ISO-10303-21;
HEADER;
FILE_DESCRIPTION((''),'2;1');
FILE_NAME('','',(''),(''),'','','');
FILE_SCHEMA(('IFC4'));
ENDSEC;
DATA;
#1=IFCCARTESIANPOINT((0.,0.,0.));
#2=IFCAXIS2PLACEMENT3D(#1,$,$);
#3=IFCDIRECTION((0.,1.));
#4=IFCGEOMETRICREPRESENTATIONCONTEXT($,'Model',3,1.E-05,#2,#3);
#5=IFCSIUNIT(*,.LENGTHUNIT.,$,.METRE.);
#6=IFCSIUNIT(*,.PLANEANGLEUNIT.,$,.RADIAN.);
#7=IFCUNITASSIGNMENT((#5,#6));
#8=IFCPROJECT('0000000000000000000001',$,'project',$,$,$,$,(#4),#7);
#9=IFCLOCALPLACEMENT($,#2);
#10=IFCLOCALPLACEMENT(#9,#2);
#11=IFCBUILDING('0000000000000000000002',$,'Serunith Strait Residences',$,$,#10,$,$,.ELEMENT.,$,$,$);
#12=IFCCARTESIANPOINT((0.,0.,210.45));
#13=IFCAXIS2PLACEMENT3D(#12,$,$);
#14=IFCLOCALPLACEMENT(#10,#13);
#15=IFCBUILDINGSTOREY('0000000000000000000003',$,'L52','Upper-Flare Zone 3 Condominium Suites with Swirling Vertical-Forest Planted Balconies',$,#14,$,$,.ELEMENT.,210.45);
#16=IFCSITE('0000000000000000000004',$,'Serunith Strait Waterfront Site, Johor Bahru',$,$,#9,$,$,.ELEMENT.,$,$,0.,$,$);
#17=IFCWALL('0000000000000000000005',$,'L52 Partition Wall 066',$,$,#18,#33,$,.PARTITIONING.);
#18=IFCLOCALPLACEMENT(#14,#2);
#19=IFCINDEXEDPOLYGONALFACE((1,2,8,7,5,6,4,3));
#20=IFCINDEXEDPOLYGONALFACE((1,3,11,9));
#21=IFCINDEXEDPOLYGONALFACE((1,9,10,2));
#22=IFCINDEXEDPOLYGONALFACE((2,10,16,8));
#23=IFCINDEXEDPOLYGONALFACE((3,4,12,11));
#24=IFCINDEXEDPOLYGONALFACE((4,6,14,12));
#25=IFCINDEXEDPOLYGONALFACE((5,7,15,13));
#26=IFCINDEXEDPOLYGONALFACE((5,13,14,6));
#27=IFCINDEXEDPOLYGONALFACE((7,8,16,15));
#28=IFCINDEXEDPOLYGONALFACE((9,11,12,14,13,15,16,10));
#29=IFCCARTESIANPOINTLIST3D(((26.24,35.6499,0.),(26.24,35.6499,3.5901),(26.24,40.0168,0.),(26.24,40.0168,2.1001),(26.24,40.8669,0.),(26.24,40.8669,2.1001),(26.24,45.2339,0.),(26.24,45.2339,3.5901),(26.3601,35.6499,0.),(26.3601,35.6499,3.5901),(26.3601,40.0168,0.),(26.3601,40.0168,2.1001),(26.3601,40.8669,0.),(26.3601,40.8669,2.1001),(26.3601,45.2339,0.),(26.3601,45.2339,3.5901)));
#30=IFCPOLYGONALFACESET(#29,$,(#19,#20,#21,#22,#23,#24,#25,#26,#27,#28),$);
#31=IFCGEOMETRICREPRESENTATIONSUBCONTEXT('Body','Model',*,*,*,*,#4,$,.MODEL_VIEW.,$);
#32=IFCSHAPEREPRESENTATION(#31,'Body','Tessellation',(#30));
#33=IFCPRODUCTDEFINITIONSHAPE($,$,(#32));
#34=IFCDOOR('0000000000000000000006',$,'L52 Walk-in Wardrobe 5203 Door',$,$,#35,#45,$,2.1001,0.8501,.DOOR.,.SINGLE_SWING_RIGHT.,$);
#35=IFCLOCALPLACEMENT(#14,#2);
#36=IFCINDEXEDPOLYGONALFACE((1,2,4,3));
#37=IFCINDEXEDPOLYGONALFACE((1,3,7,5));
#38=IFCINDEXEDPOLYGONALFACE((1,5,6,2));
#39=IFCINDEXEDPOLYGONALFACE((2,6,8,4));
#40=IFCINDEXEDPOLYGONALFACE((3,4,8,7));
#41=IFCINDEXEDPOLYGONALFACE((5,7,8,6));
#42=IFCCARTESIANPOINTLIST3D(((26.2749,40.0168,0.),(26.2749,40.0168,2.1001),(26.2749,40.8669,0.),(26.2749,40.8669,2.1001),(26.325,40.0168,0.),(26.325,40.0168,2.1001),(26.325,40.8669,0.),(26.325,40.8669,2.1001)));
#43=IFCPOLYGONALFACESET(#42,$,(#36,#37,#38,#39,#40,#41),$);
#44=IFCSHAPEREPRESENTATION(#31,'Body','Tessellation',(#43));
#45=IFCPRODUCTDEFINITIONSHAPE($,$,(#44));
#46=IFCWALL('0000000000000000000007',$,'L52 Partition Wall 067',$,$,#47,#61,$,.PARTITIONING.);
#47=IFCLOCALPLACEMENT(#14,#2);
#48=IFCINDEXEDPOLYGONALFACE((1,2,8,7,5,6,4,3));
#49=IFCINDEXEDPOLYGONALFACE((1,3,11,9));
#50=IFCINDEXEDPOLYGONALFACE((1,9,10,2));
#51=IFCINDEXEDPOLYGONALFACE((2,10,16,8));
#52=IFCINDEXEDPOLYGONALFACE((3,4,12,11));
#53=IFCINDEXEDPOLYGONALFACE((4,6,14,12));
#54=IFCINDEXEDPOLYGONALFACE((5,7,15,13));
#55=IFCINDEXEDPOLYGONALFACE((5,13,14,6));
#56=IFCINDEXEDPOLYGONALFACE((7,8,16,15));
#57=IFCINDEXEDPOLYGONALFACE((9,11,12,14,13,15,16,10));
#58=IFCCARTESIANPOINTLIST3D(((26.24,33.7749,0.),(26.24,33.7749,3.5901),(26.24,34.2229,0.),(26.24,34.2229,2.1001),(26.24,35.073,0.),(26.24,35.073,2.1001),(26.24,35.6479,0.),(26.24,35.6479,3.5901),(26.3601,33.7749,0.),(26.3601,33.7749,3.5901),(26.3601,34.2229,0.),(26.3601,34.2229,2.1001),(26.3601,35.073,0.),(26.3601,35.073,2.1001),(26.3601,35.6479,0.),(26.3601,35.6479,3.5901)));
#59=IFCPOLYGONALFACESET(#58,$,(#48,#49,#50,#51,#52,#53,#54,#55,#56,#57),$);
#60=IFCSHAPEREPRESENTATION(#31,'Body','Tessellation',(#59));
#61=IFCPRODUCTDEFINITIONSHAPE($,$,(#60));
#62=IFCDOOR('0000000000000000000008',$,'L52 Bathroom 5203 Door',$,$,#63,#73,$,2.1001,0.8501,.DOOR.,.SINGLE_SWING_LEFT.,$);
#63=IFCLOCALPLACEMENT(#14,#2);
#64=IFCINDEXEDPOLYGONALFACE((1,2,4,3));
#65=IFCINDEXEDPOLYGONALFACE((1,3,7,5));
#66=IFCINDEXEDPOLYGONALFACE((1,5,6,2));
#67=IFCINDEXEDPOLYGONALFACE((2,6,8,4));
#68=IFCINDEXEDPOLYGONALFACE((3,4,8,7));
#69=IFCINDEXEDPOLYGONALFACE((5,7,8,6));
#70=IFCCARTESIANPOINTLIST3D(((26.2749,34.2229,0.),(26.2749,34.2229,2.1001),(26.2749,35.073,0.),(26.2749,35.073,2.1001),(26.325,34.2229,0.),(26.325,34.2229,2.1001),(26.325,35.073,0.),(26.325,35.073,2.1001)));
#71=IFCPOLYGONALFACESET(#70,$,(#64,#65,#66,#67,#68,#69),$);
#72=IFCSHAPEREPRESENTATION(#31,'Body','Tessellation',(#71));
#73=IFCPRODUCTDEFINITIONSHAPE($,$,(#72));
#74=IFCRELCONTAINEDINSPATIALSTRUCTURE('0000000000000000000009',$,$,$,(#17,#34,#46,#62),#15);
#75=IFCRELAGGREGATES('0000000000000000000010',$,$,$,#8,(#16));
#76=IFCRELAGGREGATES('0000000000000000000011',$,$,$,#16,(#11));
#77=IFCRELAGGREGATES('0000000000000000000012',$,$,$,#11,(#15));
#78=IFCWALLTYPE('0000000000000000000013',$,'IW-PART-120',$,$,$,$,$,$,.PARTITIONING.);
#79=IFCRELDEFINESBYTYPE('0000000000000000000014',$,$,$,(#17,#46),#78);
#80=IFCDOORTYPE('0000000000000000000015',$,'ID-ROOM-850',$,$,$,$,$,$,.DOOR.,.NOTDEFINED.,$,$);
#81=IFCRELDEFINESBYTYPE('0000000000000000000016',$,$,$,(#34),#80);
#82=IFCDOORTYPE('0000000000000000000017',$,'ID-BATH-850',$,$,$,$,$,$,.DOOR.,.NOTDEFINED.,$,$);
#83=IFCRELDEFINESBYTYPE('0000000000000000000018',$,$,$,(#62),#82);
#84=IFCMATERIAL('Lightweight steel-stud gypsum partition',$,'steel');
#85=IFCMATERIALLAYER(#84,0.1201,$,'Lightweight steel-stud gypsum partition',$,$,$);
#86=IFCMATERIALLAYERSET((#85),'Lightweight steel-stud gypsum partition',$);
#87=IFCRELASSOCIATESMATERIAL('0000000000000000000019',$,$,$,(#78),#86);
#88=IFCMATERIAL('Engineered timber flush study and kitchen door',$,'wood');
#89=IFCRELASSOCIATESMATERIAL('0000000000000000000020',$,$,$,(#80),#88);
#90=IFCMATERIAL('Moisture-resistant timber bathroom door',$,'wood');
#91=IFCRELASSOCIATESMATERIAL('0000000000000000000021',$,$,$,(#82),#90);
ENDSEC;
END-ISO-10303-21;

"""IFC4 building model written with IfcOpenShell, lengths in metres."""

from ifc_helpers import new_model, si_unit, direction, frame, frame_2d, origin, place, context, subcontext, project, spatial, rectangle, extrude, source, transform, mapped, material, layer, layer_set, type_object, element, fill, save


model = new_model("IFC4")

# Units and contexts
model_context = context("Model", 3, precision=1e-05, world=origin(), true_north=direction((0.0, 1.0)))
body_context = subcontext(model_context, "Body", "Model", "MODEL_VIEW")
ifc_project = project(units=[si_unit("LENGTHUNIT", "METRE"), si_unit("PLANEANGLEUNIT", "RADIAN")], contexts=[model_context])

# Site, building, storey
site_placement = place(None, origin())
site = spatial("IfcSite", under=ifc_project, at=site_placement, Name="Serunith Strait Waterfront Site, Johor Bahru", CompositionType="ELEMENT", RefElevation=0.0)
building_placement = place(site_placement, origin())
building = spatial("IfcBuilding", under=site, at=building_placement, Name="Serunith Strait Residences", CompositionType="ELEMENT")
storey_placement = place(building_placement, frame((0.0, 0.0, 210.45)))
storey = spatial("IfcBuildingStorey", under=building, at=storey_placement, Name="L52", Description="Upper-Flare Zone 3 Condominium Suites with Swirling Vertical-Forest Planted Balconies", CompositionType="ELEMENT", Elevation=210.45)

# Shared definitions
ifc_material_1 = material(Name="Lightweight steel-stud gypsum partition", Category="steel")
ifc_layer_1 = layer(ifc_material_1, 0.1201, Name="Lightweight steel-stud gypsum partition")
ifc_layer_set_1 = layer_set([ifc_layer_1], Name="Lightweight steel-stud gypsum partition")
wall_type_1 = type_object("IfcWallType", Name="IW-PART-120", PredefinedType="PARTITIONING", material=ifc_layer_set_1)

# Walls, openings, doors
wall_1_placement = place(storey_placement, frame((26.3, 45.2339, 0.0), z_axis=(0.0, 0.0, 1.0), x_axis=(0.0, -1.0, 0.0)))
wall_1 = element("IfcWall", 1, at=wall_1_placement, inside=storey, type_object=wall_type_1, Name="L52 Partition Wall 066", PredefinedType="PARTITIONING", context=body_context, shape_type="SweptSolid", body=[
    extrude(rectangle(XDim=9.584, YDim=0.1201, at=frame_2d((4.792, 0.0))), origin(), (0.0, 0.0, 1.0), 3.5901),
])
opening_1_placement = place(wall_1_placement, frame((4.3669, 0.0, 0.0)))
opening_1 = element("IfcOpeningElement", 2, at=opening_1_placement, cuts=wall_1, PredefinedType="OPENING", context=body_context, shape_type="SweptSolid", body=[
    extrude(rectangle(XDim=0.8501, YDim=2.1001, at=frame_2d((0.425, 1.05))), frame((0.0, 0.0701, 0.0), z_axis=(0.0, -1.0, 0.0), x_axis=(1.0, 0.0, 0.0)), (0.0, 0.0, 1.0), 0.1401),
])
ifc_material_2 = material(Name="Engineered timber flush study and kitchen door", Category="wood")
door_type_1 = type_object("IfcDoorType", Name="ID-ROOM-850", OperationType="NOTDEFINED", PredefinedType="DOOR", material=ifc_material_2)
shared_shape_1 = source(origin(), body_context, "Body", "SweptSolid", [
    extrude(rectangle(XDim=0.8501, YDim=2.1001, at=frame_2d((0.425, 1.05))), frame((0.0, 0.0249, 0.0), z_axis=(0.0, -1.0, 0.0), x_axis=(1.0, 0.0, 0.0)), (0.0, 0.0, 1.0), 0.05),
])
door_1_placement = place(opening_1_placement, origin())
door_1 = element("IfcDoor", 3, at=door_1_placement, inside=storey, type_object=door_type_1, Name="L52 Walk-in Wardrobe 5203 Door", OperationType="SINGLE_SWING_RIGHT", OverallHeight=2.1001, OverallWidth=0.8501, PredefinedType="DOOR", context=body_context, shape_type="MappedRepresentation", body=[
    mapped(shared_shape_1, transform((0.0, 0.0, 0.0), scale=1.0)),
])
fill(opening_1, door_1)
wall_2_placement = place(storey_placement, frame((26.3, 35.6479, 0.0), z_axis=(0.0, 0.0, 1.0), x_axis=(0.0, -1.0, 0.0)))
wall_2 = element("IfcWall", 4, at=wall_2_placement, inside=storey, type_object=wall_type_1, Name="L52 Partition Wall 067", PredefinedType="PARTITIONING", context=body_context, shape_type="SweptSolid", body=[
    extrude(rectangle(XDim=1.873, YDim=0.1201, at=frame_2d((0.9365, 0.0))), origin(), (0.0, 0.0, 1.0), 3.5901),
])
opening_2_placement = place(wall_2_placement, frame((0.575, 0.0, 0.0)))
opening_2 = element("IfcOpeningElement", 5, at=opening_2_placement, cuts=wall_2, PredefinedType="OPENING", context=body_context, shape_type="SweptSolid", body=[
    extrude(rectangle(XDim=0.8501, YDim=2.1001, at=frame_2d((0.425, 1.05))), frame((0.0, 0.0701, 0.0), z_axis=(0.0, -1.0, 0.0), x_axis=(1.0, 0.0, 0.0)), (0.0, 0.0, 1.0), 0.1401),
])
ifc_material_3 = material(Name="Moisture-resistant timber bathroom door", Category="wood")
door_type_2 = type_object("IfcDoorType", Name="ID-BATH-850", OperationType="NOTDEFINED", PredefinedType="DOOR", material=ifc_material_3)
door_2_placement = place(opening_2_placement, origin())
door_2 = element("IfcDoor", 6, at=door_2_placement, inside=storey, type_object=door_type_2, Name="L52 Bathroom 5203 Door", OperationType="SINGLE_SWING_LEFT", OverallHeight=2.1001, OverallWidth=0.8501, PredefinedType="DOOR", context=body_context, shape_type="MappedRepresentation", body=[
    mapped(shared_shape_1, transform((0.0, 0.0, 0.0), scale=1.0)),
])
fill(opening_2, door_2)

save(model, "model.ifc")
